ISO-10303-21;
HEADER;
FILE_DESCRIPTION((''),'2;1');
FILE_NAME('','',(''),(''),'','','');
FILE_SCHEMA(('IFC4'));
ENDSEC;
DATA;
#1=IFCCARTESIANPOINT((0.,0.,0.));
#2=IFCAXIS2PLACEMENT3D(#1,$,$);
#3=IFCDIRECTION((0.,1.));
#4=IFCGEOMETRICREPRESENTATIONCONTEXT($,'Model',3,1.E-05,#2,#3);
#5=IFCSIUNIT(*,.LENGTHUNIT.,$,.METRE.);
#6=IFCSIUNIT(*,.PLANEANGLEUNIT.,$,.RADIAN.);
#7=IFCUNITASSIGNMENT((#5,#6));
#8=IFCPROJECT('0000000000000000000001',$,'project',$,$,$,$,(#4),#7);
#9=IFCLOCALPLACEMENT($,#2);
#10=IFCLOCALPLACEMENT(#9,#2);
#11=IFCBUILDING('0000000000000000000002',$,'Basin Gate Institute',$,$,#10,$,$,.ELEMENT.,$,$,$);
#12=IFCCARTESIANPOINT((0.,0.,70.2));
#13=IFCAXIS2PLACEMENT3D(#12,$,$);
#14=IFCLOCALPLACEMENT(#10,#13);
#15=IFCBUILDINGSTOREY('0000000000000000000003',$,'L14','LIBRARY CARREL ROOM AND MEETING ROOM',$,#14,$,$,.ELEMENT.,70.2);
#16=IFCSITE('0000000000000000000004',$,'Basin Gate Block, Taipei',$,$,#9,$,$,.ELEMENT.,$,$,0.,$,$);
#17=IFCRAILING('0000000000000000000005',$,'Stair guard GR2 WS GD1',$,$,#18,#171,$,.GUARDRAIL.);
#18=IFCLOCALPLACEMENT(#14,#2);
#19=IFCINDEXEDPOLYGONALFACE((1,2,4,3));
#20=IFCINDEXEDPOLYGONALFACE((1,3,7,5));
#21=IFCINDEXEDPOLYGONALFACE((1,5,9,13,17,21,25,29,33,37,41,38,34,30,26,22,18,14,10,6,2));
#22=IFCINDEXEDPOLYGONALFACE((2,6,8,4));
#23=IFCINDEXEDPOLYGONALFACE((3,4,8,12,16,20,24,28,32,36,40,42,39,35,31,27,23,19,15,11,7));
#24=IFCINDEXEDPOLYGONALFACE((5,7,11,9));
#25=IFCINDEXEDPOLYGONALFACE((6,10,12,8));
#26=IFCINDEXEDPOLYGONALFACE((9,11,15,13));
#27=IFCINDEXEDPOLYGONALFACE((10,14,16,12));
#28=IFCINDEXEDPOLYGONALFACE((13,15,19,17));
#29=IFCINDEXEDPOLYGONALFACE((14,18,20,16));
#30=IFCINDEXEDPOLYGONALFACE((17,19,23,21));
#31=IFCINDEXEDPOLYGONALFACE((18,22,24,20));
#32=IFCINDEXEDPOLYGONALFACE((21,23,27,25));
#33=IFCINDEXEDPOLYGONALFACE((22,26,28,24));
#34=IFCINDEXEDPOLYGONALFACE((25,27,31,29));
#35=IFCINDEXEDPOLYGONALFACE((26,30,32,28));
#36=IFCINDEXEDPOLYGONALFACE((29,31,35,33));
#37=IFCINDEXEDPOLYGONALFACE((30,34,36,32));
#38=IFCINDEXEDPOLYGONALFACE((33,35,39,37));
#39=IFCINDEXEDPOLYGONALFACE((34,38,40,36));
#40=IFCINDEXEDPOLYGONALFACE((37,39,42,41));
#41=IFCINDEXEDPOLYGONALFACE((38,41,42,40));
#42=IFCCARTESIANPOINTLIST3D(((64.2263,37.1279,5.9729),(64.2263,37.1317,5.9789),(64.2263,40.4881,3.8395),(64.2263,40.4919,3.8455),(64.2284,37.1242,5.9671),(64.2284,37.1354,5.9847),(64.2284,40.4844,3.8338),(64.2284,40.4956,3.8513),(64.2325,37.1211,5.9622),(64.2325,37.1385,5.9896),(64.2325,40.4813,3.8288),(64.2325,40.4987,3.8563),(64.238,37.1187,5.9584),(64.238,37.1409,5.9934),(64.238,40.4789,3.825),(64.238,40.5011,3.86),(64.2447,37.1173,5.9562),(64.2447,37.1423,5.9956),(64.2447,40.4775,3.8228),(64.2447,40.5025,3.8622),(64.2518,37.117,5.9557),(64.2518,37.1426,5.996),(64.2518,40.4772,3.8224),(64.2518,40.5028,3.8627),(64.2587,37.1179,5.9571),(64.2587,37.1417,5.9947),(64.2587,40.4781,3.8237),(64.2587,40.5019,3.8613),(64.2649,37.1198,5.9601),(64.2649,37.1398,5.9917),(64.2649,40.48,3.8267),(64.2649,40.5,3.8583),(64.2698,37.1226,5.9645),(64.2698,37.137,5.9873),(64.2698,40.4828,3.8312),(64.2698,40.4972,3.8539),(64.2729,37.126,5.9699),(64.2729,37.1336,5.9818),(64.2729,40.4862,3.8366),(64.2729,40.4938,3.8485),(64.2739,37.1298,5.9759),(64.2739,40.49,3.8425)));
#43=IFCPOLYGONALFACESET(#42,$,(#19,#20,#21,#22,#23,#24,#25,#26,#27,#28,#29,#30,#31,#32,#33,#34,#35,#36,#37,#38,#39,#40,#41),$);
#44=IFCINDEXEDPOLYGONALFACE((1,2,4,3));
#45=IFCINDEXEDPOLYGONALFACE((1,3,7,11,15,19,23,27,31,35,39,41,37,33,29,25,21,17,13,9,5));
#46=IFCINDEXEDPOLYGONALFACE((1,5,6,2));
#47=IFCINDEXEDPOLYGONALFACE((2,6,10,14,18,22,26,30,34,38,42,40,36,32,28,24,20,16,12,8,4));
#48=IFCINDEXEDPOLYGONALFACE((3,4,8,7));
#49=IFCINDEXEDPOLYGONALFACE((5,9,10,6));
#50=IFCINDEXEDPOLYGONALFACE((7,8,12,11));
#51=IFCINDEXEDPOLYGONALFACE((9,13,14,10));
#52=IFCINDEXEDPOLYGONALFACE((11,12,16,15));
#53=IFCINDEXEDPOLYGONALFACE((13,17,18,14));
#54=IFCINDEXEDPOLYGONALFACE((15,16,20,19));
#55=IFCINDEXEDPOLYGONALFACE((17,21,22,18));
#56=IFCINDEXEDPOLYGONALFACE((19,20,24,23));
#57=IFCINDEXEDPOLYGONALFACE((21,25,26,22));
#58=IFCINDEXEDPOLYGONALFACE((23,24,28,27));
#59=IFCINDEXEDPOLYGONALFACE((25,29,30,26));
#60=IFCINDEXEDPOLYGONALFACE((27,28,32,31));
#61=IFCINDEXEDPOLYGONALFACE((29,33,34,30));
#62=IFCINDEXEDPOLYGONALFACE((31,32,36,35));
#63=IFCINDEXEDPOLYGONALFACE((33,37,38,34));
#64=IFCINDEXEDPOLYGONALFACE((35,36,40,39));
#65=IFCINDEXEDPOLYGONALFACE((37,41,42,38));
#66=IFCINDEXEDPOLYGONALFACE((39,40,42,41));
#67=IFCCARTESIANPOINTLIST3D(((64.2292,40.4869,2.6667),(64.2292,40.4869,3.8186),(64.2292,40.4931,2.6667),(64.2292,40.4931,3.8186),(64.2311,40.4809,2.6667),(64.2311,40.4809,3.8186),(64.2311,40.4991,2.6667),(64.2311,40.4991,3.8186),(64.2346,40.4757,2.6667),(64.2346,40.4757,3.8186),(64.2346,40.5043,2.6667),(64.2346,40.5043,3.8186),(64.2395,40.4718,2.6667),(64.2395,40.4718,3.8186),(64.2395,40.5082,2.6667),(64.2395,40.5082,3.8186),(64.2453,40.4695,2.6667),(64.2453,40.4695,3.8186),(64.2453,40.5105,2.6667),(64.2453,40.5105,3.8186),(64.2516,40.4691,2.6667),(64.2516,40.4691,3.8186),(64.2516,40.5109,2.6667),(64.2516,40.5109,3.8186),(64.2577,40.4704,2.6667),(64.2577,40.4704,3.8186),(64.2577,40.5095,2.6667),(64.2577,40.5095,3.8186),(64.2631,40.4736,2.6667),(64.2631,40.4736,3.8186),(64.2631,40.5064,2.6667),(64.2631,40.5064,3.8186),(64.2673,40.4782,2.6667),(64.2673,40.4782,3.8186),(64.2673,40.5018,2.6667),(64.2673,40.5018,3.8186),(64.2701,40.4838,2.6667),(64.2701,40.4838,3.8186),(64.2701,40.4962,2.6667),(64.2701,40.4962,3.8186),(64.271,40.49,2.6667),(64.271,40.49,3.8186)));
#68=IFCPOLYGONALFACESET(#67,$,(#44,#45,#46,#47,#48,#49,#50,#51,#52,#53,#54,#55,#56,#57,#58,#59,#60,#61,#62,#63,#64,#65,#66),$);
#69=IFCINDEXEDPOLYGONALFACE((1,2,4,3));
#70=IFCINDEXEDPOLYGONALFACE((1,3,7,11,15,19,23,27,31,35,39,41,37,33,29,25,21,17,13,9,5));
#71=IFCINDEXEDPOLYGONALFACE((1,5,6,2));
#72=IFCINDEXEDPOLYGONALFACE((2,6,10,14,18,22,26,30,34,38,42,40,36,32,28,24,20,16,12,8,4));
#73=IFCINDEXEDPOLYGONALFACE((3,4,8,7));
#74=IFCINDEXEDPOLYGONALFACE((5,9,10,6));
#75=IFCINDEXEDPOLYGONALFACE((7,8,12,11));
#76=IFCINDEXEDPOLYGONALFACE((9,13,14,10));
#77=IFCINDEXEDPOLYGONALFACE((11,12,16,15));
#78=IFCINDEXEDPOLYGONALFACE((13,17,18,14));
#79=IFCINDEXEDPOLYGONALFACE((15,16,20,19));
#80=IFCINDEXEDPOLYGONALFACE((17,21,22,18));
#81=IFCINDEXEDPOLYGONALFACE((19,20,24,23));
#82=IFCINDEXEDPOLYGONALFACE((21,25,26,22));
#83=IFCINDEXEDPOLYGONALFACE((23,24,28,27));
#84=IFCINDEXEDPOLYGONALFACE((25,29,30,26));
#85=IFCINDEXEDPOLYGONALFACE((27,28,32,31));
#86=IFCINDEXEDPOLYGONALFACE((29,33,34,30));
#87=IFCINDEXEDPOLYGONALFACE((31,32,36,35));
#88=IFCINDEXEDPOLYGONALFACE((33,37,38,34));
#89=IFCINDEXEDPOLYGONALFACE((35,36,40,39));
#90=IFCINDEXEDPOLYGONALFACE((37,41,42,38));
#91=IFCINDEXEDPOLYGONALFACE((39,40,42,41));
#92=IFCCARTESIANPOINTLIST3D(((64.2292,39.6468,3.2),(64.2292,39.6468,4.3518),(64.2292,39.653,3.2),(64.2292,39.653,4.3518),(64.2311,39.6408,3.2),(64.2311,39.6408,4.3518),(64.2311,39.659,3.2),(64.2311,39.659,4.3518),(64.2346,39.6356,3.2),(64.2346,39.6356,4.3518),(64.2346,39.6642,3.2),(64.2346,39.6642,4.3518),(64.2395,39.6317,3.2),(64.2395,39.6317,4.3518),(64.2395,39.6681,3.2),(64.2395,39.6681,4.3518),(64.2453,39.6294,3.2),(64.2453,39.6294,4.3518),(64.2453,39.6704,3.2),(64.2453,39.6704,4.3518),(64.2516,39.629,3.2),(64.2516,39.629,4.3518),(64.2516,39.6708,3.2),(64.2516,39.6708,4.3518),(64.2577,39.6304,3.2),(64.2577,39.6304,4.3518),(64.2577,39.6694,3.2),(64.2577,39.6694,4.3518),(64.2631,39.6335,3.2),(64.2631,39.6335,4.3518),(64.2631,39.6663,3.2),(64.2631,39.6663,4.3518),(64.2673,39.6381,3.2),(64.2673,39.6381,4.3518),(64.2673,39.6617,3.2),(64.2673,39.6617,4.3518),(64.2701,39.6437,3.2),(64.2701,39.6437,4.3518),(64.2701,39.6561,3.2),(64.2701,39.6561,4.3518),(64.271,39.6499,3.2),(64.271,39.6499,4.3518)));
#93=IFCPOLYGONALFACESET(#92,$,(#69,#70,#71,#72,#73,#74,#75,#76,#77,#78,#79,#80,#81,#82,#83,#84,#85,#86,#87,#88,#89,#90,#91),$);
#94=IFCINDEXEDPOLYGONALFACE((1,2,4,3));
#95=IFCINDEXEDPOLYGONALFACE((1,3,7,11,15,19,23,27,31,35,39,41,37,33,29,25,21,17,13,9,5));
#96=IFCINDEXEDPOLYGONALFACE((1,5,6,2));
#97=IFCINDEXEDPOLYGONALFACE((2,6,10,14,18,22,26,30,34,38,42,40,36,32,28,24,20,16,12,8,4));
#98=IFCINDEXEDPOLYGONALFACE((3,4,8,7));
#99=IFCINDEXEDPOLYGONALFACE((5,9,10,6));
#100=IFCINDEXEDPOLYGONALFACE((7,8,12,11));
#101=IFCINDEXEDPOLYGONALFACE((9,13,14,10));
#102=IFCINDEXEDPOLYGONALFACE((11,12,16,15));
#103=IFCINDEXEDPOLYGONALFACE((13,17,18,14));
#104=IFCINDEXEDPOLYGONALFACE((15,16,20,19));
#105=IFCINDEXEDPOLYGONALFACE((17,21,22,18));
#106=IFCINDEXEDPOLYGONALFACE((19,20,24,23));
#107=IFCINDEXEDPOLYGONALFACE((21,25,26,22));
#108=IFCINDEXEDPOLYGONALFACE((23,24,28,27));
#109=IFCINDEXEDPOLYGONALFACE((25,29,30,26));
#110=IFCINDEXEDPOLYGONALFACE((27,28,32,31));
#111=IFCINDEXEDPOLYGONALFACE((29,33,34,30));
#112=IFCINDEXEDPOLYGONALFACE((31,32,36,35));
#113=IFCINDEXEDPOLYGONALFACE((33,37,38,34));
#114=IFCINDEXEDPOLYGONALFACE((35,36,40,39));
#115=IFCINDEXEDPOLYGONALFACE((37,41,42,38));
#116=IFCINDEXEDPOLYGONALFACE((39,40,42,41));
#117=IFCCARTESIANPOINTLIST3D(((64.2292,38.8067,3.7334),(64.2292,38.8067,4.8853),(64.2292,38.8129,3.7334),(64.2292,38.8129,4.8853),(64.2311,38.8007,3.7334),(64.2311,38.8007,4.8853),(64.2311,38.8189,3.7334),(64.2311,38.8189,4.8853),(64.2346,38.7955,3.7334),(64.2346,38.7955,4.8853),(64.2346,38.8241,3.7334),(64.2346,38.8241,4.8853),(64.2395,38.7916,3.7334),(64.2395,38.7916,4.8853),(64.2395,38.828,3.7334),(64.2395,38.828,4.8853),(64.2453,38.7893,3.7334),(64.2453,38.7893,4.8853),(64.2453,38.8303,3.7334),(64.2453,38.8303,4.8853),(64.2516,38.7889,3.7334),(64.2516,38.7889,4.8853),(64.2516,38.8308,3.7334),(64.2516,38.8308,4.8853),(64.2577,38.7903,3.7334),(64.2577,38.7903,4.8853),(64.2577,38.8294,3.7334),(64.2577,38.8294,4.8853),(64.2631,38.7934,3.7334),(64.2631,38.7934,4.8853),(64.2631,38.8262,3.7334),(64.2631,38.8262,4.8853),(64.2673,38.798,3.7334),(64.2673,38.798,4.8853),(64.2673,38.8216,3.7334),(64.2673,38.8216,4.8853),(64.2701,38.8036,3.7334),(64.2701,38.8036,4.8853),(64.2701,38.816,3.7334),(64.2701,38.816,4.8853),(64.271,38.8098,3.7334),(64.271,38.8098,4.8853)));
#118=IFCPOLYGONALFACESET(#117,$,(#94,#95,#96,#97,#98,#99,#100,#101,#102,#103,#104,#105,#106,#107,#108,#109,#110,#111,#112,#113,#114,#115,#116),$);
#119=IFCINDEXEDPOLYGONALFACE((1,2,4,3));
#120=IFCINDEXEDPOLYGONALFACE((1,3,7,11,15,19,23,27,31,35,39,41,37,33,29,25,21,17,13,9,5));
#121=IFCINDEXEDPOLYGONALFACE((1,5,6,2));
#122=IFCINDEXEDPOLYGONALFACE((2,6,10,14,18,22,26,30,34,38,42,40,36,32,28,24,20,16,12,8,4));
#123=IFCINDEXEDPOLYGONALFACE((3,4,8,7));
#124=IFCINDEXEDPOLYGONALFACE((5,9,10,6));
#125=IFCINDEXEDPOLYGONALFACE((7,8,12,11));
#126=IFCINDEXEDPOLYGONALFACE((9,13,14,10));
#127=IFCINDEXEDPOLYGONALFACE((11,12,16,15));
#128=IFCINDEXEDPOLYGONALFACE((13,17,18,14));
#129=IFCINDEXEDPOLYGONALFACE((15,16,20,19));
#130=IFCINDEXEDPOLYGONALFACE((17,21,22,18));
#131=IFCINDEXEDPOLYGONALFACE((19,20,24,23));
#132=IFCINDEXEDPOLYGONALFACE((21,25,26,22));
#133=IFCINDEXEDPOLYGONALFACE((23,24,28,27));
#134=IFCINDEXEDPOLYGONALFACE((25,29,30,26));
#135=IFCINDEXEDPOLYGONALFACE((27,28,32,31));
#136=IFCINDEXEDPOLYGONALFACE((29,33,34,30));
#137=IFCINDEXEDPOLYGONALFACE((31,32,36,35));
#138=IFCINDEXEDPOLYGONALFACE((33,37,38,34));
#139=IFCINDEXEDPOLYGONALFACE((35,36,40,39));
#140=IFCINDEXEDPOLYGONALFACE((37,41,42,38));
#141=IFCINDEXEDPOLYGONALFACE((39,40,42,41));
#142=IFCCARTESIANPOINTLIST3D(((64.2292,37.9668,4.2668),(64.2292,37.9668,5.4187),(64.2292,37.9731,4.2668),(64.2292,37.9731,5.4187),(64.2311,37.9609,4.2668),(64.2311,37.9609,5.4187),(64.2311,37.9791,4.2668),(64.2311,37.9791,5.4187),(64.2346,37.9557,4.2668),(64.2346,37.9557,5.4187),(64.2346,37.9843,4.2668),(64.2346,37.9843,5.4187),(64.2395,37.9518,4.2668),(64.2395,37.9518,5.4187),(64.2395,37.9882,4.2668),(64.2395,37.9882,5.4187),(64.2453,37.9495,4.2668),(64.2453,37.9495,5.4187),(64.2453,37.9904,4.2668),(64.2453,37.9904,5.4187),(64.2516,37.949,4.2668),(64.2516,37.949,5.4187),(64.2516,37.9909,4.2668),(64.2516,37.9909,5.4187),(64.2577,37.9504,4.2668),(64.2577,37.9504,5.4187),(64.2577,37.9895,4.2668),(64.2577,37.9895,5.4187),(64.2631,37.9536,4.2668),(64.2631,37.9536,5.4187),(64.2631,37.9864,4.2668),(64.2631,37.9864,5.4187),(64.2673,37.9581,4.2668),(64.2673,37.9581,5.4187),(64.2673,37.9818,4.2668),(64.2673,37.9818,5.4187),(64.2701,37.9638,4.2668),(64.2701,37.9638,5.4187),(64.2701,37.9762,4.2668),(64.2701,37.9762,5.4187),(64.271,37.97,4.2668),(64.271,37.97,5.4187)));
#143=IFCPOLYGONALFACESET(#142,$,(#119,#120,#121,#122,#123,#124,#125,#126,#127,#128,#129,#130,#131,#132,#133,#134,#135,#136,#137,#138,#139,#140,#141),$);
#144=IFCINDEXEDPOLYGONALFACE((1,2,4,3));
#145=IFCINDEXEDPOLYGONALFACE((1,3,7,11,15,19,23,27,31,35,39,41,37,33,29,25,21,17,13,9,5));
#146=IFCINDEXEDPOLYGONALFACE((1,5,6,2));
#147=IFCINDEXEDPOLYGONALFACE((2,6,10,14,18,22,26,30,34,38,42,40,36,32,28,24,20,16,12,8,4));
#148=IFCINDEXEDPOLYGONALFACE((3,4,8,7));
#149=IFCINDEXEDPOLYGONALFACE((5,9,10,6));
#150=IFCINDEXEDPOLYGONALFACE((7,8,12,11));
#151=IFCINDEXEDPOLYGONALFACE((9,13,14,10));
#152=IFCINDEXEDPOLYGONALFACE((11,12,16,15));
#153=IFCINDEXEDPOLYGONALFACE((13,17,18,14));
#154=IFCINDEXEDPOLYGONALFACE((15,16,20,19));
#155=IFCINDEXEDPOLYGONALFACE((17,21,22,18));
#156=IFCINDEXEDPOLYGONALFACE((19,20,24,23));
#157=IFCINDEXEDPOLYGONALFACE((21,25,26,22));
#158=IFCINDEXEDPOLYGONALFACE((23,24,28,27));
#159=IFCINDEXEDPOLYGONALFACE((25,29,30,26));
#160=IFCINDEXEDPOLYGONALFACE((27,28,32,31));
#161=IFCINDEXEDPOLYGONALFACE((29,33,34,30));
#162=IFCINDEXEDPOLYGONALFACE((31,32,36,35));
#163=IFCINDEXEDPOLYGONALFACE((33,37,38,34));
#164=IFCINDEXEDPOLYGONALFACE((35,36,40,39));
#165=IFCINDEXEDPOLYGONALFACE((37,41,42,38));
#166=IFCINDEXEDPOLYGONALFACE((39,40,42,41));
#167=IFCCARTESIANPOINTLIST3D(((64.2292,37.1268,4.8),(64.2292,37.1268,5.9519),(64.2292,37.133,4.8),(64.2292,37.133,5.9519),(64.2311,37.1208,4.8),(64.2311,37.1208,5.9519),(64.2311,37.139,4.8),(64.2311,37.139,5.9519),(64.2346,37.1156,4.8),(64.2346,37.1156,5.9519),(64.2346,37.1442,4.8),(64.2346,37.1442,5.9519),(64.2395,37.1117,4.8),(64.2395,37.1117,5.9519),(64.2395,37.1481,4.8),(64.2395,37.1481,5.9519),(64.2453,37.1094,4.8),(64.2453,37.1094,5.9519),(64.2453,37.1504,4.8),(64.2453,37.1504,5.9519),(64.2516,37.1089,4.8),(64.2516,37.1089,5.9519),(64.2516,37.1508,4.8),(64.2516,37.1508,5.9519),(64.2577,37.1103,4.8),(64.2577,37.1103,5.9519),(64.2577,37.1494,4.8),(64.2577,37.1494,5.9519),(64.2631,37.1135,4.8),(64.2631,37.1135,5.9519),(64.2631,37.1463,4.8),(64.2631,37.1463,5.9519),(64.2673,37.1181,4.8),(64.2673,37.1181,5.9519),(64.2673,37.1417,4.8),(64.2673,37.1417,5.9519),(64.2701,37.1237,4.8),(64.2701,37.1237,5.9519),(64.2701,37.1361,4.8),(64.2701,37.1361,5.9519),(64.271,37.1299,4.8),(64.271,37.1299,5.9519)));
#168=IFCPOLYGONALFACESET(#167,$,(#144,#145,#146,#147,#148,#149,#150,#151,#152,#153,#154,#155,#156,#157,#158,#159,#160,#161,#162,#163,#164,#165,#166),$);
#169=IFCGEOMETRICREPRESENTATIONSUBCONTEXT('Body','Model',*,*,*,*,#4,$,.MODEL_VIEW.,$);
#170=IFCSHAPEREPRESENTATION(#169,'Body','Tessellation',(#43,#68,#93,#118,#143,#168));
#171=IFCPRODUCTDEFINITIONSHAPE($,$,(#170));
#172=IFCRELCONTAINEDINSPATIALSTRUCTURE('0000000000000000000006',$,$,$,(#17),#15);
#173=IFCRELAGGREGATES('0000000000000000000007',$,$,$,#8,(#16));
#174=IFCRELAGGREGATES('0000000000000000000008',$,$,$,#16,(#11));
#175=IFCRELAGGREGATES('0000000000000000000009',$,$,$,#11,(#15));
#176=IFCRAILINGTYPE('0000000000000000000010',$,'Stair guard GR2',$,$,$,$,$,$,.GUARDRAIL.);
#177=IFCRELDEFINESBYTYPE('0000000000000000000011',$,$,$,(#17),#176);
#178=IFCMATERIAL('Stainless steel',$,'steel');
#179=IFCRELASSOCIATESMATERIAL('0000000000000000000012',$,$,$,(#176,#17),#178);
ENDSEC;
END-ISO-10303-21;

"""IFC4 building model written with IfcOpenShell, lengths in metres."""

from ifc_helpers import new_model, si_unit, direction, frame, origin, origin_2d, place, context, subcontext, project, spatial, circle, extrude, material, type_object, element, save


model = new_model("IFC4")

# Units and contexts
model_context = context("Model", 3, precision=1e-05, world=origin(), true_north=direction((0.0, 1.0)))
body_context = subcontext(model_context, "Body", "Model", "MODEL_VIEW")
ifc_project = project(units=[si_unit("LENGTHUNIT", "METRE"), si_unit("PLANEANGLEUNIT", "RADIAN")], contexts=[model_context])

# Site, building, storey
site_placement = place(None, origin())
site = spatial("IfcSite", under=ifc_project, at=site_placement, Name="Basin Gate Block, Taipei", CompositionType="ELEMENT", RefElevation=0.0)
building_placement = place(site_placement, origin())
building = spatial("IfcBuilding", under=site, at=building_placement, Name="Basin Gate Institute", CompositionType="ELEMENT")
storey_placement = place(building_placement, frame((0.0, 0.0, 70.2)))
storey = spatial("IfcBuildingStorey", under=building, at=storey_placement, Name="L14", Description="LIBRARY CARREL ROOM AND MEETING ROOM", CompositionType="ELEMENT", Elevation=70.2)

# Railing
ifc_material_1 = material(Name="Stainless steel", Category="steel")
railing_type_1 = type_object("IfcRailingType", Name="Stair guard GR2", PredefinedType="GUARDRAIL", material=ifc_material_1)
railing_1_placement = place(storey_placement, frame((64.25, 40.49, 2.6667)))
element("IfcRailing", 1, at=railing_1_placement, inside=storey, type_object=railing_type_1, material=ifc_material_1, Name="Stair guard GR2 WS GD1", PredefinedType="GUARDRAIL", context=body_context, shape_type="SweptSolid", body=[
    extrude(circle(Radius=0.0239, at=origin_2d()), frame((0.0, 0.0, 1.1758), z_axis=(0.0, -0.844224, 0.53599), x_axis=(1.0, 0.0, 0.0)), (0.0, 0.0, 1.0), 3.9802),
    extrude(circle(Radius=0.021, at=origin_2d()), origin(), (0.0, 0.0, 1.0), 1.1519),
    extrude(circle(Radius=0.021, at=origin_2d()), frame((0.0, -0.8401, 0.5332)), (0.0, 0.0, 1.0), 1.1519),
    extrude(circle(Radius=0.021, at=origin_2d()), frame((0.0, -1.6802, 1.0667)), (0.0, 0.0, 1.0), 1.1519),
    extrude(circle(Radius=0.021, at=origin_2d()), frame((0.0, -2.52, 1.6001)), (0.0, 0.0, 1.0), 1.1519),
    extrude(circle(Radius=0.021, at=origin_2d()), frame((0.0, -3.3601, 2.1333)), (0.0, 0.0, 1.0), 1.1519),
])

save(model, "model.ifc")
